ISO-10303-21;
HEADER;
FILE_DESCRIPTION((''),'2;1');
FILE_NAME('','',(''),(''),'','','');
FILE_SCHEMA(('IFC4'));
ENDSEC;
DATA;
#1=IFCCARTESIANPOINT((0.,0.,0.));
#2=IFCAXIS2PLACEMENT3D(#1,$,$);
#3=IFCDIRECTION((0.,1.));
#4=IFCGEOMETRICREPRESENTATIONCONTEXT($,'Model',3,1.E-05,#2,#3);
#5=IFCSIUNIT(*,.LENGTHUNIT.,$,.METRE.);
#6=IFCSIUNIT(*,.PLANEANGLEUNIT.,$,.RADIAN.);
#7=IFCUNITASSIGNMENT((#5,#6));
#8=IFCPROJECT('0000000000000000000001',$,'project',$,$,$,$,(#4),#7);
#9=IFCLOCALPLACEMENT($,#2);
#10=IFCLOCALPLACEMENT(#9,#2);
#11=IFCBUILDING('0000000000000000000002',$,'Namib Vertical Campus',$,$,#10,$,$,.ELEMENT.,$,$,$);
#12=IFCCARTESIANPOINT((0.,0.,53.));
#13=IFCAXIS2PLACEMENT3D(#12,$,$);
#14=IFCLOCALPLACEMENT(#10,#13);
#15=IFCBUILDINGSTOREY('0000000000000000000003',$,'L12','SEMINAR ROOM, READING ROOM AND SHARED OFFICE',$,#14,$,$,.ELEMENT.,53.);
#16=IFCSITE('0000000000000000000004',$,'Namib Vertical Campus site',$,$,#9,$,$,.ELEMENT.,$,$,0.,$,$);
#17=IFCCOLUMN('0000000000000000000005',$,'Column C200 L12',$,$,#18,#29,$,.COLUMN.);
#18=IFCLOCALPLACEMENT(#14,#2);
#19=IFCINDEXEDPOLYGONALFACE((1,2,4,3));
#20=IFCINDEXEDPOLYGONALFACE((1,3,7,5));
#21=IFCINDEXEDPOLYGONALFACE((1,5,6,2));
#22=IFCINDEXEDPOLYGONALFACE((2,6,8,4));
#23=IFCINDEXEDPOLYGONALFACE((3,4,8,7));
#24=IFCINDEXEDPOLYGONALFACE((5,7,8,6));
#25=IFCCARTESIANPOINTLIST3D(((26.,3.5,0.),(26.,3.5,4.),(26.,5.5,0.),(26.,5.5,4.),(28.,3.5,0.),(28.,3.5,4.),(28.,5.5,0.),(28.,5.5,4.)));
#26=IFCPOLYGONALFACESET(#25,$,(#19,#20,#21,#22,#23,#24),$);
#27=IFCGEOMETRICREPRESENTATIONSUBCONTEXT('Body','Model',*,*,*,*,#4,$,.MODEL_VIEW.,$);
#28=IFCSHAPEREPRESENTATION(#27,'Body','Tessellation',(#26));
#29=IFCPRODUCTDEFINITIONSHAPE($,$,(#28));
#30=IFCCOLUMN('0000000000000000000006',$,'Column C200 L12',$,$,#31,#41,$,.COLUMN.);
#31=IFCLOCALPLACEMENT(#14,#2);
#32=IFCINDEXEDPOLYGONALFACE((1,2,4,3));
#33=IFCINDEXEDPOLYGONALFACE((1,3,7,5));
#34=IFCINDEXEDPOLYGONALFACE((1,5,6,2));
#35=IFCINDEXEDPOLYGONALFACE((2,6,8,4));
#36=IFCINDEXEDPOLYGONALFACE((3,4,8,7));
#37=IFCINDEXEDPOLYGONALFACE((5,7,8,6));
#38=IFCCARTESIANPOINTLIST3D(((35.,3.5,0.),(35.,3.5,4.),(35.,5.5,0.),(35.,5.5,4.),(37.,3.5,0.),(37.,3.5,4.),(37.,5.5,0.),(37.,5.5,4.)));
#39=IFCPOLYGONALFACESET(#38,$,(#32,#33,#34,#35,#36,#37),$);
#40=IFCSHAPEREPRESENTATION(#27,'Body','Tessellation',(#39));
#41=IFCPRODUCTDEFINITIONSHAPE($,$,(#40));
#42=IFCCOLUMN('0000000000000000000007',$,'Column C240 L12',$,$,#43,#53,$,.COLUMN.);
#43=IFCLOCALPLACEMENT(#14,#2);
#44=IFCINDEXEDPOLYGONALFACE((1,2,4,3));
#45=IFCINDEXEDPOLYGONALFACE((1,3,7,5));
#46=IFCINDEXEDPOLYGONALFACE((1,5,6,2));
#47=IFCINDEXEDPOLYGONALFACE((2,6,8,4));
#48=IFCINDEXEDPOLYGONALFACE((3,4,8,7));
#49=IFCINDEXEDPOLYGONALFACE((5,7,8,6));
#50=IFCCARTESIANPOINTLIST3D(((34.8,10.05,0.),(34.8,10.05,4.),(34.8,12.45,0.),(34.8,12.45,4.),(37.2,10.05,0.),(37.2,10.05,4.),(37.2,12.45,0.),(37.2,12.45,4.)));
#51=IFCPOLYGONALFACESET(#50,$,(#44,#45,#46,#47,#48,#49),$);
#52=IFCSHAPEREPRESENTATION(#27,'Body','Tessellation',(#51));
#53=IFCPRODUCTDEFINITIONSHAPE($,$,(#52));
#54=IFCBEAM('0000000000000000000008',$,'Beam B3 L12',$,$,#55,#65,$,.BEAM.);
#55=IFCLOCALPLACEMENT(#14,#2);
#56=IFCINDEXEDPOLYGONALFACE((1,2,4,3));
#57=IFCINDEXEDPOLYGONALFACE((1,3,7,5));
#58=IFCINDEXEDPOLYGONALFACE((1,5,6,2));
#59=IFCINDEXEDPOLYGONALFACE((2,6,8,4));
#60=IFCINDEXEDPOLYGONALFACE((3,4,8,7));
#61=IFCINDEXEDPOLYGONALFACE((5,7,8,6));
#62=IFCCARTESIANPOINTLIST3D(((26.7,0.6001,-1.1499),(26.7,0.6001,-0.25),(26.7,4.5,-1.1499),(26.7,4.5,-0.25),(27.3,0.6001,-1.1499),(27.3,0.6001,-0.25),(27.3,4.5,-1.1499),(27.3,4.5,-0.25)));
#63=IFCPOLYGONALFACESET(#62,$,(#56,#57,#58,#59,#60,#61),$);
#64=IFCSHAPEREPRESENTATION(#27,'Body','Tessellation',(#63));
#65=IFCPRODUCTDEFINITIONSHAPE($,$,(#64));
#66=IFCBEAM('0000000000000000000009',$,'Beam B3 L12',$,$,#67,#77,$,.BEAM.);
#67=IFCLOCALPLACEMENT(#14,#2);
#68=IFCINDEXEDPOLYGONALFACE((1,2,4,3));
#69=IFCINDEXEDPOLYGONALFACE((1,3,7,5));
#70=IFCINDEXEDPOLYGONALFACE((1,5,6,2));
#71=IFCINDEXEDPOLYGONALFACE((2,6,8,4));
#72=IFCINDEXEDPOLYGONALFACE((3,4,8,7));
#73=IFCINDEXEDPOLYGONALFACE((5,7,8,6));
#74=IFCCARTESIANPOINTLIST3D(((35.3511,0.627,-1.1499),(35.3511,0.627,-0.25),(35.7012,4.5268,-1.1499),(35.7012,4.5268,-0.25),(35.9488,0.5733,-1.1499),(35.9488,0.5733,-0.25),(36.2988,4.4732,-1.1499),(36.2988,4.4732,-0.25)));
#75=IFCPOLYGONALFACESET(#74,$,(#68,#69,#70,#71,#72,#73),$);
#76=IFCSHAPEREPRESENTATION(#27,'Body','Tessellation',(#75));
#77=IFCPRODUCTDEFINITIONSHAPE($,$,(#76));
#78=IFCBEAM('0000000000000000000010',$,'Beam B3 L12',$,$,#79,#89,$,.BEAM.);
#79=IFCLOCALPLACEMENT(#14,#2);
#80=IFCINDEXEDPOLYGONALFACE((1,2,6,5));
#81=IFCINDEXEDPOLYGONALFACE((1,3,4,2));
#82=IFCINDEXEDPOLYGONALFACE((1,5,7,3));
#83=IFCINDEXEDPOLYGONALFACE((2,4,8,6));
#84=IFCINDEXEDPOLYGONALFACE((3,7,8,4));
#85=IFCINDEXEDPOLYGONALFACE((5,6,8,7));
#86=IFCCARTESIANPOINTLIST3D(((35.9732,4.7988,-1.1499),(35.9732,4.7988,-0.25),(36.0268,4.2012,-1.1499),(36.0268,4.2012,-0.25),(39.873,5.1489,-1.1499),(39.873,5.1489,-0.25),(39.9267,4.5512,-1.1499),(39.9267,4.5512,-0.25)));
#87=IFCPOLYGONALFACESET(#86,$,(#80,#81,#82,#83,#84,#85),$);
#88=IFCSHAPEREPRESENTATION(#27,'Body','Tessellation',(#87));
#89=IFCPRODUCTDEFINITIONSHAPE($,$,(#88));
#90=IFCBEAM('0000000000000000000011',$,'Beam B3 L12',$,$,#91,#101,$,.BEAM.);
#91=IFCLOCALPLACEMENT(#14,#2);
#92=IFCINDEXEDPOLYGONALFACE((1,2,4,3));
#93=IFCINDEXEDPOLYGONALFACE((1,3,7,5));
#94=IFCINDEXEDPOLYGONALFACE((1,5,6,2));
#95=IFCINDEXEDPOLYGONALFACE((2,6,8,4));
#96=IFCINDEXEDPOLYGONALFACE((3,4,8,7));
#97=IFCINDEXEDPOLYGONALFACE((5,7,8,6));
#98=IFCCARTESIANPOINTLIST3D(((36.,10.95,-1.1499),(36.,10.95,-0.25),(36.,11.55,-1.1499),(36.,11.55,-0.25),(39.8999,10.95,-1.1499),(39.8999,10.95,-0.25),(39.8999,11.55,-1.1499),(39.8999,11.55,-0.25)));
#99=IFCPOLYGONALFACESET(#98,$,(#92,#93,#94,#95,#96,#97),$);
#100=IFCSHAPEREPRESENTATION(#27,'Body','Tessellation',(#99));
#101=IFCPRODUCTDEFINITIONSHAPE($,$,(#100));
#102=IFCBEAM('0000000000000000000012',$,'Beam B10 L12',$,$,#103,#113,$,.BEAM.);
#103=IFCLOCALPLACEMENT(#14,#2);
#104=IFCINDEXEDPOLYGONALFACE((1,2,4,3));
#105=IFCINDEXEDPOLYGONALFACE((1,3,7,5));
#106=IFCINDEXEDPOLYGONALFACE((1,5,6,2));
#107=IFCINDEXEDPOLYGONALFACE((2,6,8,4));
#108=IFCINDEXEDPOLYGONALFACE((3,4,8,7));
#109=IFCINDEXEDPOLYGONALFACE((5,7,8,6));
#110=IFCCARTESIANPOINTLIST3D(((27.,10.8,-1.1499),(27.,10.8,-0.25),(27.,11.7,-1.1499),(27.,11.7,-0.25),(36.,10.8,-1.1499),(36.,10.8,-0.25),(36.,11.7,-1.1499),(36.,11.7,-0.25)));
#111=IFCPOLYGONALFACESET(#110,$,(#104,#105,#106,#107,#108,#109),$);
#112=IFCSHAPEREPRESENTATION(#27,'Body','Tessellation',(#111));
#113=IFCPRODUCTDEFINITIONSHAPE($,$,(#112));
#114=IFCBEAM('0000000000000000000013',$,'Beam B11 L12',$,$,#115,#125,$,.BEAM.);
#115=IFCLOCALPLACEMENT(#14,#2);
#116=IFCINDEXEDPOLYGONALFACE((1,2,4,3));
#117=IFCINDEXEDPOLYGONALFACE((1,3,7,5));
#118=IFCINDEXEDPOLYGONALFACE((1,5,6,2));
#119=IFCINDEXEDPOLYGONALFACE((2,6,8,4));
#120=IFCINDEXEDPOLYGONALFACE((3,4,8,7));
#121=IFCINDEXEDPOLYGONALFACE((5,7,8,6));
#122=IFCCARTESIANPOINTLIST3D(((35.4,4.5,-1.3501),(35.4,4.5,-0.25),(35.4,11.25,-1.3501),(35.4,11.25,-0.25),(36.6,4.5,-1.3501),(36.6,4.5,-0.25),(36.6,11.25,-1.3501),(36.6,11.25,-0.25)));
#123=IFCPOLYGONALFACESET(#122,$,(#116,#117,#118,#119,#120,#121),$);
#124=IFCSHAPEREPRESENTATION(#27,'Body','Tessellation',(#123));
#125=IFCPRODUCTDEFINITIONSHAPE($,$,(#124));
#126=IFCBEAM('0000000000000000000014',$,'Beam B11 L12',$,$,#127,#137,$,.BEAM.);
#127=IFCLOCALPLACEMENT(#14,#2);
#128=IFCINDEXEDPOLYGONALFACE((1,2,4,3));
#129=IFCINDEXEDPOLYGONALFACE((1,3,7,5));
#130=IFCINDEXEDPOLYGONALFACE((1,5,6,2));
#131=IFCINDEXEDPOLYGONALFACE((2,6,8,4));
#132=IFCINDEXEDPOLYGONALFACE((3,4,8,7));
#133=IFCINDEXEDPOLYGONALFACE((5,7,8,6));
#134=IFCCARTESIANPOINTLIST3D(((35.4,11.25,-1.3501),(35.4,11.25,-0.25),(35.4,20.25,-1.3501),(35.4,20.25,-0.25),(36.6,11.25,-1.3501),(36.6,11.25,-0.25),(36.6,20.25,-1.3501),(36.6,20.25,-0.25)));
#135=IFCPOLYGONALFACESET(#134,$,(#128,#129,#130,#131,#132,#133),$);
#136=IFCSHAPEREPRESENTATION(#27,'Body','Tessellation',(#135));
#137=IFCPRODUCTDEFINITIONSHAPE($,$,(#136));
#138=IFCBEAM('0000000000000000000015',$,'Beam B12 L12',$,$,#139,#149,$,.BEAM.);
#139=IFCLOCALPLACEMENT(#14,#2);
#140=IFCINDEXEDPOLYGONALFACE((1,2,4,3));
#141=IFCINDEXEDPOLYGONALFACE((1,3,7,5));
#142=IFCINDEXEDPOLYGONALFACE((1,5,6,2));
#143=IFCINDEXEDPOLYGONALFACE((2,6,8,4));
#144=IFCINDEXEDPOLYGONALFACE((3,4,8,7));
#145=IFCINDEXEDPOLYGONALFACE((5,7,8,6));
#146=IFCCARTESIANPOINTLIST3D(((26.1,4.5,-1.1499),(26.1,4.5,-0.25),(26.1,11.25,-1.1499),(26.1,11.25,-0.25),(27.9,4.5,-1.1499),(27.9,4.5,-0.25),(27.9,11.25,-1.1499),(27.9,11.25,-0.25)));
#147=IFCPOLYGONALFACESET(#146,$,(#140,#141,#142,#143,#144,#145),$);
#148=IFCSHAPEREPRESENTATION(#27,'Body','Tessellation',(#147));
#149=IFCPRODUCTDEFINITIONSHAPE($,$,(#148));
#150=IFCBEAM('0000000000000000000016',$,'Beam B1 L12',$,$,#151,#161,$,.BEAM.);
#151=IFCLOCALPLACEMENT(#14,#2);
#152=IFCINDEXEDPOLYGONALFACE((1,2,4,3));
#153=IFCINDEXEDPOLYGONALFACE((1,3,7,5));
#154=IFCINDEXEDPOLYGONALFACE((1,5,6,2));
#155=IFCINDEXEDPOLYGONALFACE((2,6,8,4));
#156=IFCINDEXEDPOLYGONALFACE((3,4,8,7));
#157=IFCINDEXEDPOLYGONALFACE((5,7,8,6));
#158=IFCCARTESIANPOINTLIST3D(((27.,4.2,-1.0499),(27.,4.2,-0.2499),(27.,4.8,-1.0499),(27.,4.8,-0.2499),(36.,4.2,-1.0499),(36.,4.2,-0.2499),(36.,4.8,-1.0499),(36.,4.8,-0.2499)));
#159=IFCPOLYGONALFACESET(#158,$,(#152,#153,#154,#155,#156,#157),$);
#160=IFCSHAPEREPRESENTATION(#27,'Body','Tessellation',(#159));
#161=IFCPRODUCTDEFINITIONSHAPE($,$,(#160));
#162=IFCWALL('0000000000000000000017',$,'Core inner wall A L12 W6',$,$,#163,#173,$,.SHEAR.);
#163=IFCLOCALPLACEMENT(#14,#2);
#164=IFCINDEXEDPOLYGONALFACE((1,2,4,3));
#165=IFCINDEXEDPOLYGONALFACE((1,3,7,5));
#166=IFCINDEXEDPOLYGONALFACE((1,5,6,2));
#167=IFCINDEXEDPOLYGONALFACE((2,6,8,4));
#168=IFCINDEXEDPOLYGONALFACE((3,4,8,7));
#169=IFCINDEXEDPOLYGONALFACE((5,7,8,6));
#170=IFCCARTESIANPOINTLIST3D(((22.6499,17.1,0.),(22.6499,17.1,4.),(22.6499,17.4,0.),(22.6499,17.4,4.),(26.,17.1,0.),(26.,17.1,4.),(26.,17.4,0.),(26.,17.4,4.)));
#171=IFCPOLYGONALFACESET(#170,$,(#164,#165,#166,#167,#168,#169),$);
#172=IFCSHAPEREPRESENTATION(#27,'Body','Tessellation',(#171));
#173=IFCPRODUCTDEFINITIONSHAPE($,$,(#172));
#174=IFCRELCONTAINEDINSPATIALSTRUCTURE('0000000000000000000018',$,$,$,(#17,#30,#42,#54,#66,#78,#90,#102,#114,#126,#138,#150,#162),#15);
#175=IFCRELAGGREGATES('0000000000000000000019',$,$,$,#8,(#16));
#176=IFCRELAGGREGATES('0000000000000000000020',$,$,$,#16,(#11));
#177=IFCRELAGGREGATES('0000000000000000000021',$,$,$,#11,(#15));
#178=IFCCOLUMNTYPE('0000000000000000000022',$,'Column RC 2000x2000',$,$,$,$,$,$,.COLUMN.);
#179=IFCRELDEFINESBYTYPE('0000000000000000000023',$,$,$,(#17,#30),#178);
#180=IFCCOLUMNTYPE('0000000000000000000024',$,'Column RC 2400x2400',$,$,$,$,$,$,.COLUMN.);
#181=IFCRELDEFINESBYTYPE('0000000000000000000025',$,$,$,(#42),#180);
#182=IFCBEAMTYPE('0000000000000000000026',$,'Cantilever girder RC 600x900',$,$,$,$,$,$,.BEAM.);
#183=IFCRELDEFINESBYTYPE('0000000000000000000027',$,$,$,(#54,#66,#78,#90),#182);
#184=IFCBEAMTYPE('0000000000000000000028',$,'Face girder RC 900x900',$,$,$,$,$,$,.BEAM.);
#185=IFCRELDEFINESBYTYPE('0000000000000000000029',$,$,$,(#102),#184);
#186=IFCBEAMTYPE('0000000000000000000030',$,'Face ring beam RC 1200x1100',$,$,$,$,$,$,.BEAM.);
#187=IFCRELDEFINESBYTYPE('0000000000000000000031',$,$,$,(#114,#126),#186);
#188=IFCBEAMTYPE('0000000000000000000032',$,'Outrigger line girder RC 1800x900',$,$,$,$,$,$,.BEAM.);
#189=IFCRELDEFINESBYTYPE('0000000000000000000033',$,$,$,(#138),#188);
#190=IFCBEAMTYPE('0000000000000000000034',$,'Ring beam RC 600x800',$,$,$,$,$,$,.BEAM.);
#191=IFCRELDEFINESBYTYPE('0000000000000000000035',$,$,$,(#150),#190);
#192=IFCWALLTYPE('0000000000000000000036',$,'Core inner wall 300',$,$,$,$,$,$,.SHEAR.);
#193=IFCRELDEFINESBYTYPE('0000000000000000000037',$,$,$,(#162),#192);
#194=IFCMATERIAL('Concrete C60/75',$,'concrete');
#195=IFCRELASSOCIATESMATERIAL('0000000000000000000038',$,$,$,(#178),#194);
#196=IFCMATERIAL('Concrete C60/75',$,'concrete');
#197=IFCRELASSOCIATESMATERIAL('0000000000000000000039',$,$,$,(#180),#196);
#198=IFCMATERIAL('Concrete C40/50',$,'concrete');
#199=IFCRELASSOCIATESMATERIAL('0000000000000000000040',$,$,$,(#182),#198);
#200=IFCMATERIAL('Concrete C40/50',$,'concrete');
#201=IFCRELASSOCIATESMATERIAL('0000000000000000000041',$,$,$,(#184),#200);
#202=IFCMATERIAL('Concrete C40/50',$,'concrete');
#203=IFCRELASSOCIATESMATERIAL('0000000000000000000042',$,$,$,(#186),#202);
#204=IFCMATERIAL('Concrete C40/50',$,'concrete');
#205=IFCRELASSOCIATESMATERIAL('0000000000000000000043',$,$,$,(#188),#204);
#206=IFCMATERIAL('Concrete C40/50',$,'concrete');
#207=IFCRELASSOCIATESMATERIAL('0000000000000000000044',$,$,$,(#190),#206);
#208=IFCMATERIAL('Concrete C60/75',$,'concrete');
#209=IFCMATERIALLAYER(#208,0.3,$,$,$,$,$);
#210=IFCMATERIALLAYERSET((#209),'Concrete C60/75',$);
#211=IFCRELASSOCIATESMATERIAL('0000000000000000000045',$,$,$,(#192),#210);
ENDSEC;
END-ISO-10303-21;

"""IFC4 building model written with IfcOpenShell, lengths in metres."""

from ifc_helpers import new_model, si_unit, direction, frame, frame_2d, origin, origin_2d, place, context, subcontext, project, spatial, rectangle, extrude, material, layer, layer_set, material_profile, profile_set, type_object, element, save


model = new_model("IFC4")

# Units and contexts
model_context = context("Model", 3, precision=1e-05, world=origin(), true_north=direction((0.0, 1.0)))
body_context = subcontext(model_context, "Body", "Model", "MODEL_VIEW")
ifc_project = project(units=[si_unit("LENGTHUNIT", "METRE"), si_unit("PLANEANGLEUNIT", "RADIAN")], contexts=[model_context])

# Site, building, storey
site_placement = place(None, origin())
site = spatial("IfcSite", under=ifc_project, at=site_placement, Name="Namib Vertical Campus site", CompositionType="ELEMENT", RefElevation=0.0)
building_placement = place(site_placement, origin())
building = spatial("IfcBuilding", under=site, at=building_placement, Name="Namib Vertical Campus", CompositionType="ELEMENT")
storey_placement = place(building_placement, frame((0.0, 0.0, 53.0)))
storey = spatial("IfcBuildingStorey", under=building, at=storey_placement, Name="L12", Description="SEMINAR ROOM, READING ROOM AND SHARED OFFICE", CompositionType="ELEMENT", Elevation=53.0)

# Columns
ifc_material_1 = material(Name="Concrete C60/75", Category="concrete")
ifc_material_profile_1 = material_profile(ifc_material_1, rectangle(XDim=2.0, YDim=2.0, at=origin_2d()))
ifc_profile_set_1 = profile_set([ifc_material_profile_1], Name="Concrete C60/75")
column_type_1 = type_object("IfcColumnType", Name="Column RC 2000x2000", PredefinedType="COLUMN", material=ifc_profile_set_1)
for number, where, z_axis, x_axis, name in (
    (1, (27.0, 4.5, 0.0), (0.0, 0.0, 1.0), (1.0, 0.0, 0.0), "Column C200 L12"),
    (2, (36.0, 4.5, 0.0), (0.0, 0.0, 1.0), (1.0, 0.0, 0.0), "Column C200 L12"),
):
    element("IfcColumn", number, at=place(storey_placement, frame(where, z_axis=z_axis, x_axis=x_axis)), inside=storey, type_object=column_type_1, Name=name, PredefinedType="COLUMN", context=body_context, shape_type="SweptSolid", body=[
        extrude(rectangle(XDim=2.0, YDim=2.0, at=origin_2d()), origin(), (0.0, 0.0, 1.0), 4.0),
    ])
ifc_material_2 = material(Name="Concrete C60/75", Category="concrete")
ifc_material_profile_2 = material_profile(ifc_material_2, rectangle(XDim=2.3999, YDim=2.3999, at=origin_2d()))
ifc_profile_set_2 = profile_set([ifc_material_profile_2], Name="Concrete C60/75")
column_type_2 = type_object("IfcColumnType", Name="Column RC 2400x2400", PredefinedType="COLUMN", material=ifc_profile_set_2)
column_placement = place(storey_placement, frame((36.0, 11.25, 0.0), z_axis=(0.0, 0.0, 1.0), x_axis=(1.0, 0.0, 0.0)))
element("IfcColumn", 3, at=column_placement, inside=storey, type_object=column_type_2, Name="Column C240 L12", PredefinedType="COLUMN", context=body_context, shape_type="SweptSolid", body=[
    extrude(rectangle(XDim=2.3999, YDim=2.3999, at=origin_2d()), origin(), (0.0, 0.0, 1.0), 4.0),
])

# Beams
ifc_material_3 = material(Name="Concrete C40/50", Category="concrete")
ifc_material_profile_3 = material_profile(ifc_material_3, rectangle(XDim=0.6001, YDim=0.8999, at=origin_2d()))
ifc_profile_set_3 = profile_set([ifc_material_profile_3], Name="Concrete C40/50")
beam_type_1 = type_object("IfcBeamType", Name="Cantilever girder RC 600x900", PredefinedType="BEAM", material=ifc_profile_set_3)
beam_1_placement = place(storey_placement, frame((27.0, 4.5, -0.7), z_axis=(0.0, -1.0, 0.0), x_axis=(1.0, 0.0, 0.0)))
element("IfcBeam", 4, at=beam_1_placement, inside=storey, type_object=beam_type_1, Name="Beam B3 L12", PredefinedType="BEAM", context=body_context, shape_type="SweptSolid", body=[
    extrude(rectangle(XDim=0.6001, YDim=0.8999, at=origin_2d()), origin(), (0.0, 0.0, 1.0), 3.8999),
])
for number, where, z_axis, x_axis, name in (
    (5, (36.0, 4.5, -0.7), (-0.089411, -0.995995, 0.0), (0.995995, -0.089411, 0.0), "Beam B3 L12"),
    (6, (36.0, 4.5, -0.7), (0.995995, 0.089411, 0.0), (-0.089411, 0.995995, 0.0), "Beam B3 L12"),
):
    element("IfcBeam", number, at=place(storey_placement, frame(where, z_axis=z_axis, x_axis=x_axis)), inside=storey, type_object=beam_type_1, Name=name, PredefinedType="BEAM", context=body_context, shape_type="SweptSolid", body=[
        extrude(rectangle(XDim=0.6001, YDim=0.8999, at=origin_2d()), origin(), (0.0, 0.0, 1.0), 3.9155),
    ])
beam_2_placement = place(storey_placement, frame((36.0, 11.25, -0.7), z_axis=(1.0, 0.0, 0.0), x_axis=(0.0, 1.0, 0.0)))
element("IfcBeam", 7, at=beam_2_placement, inside=storey, type_object=beam_type_1, Name="Beam B3 L12", PredefinedType="BEAM", context=body_context, shape_type="SweptSolid", body=[
    extrude(rectangle(XDim=0.6001, YDim=0.8999, at=origin_2d()), origin(), (0.0, 0.0, 1.0), 3.8999),
])
ifc_material_4 = material(Name="Concrete C40/50", Category="concrete")
ifc_material_profile_4 = material_profile(ifc_material_4, rectangle(XDim=0.8999, YDim=0.8999, at=origin_2d()))
ifc_profile_set_4 = profile_set([ifc_material_profile_4], Name="Concrete C40/50")
beam_type_2 = type_object("IfcBeamType", Name="Face girder RC 900x900", PredefinedType="BEAM", material=ifc_profile_set_4)
beam_3_placement = place(storey_placement, frame((36.0, 11.25, -0.7), z_axis=(-1.0, 0.0, 0.0), x_axis=(0.0, -1.0, 0.0)))
element("IfcBeam", 8, at=beam_3_placement, inside=storey, type_object=beam_type_2, Name="Beam B10 L12", PredefinedType="BEAM", context=body_context, shape_type="SweptSolid", body=[
    extrude(rectangle(XDim=0.8999, YDim=0.8999, at=origin_2d()), origin(), (0.0, 0.0, 1.0), 9.0),
])
ifc_material_5 = material(Name="Concrete C40/50", Category="concrete")
ifc_material_profile_5 = material_profile(ifc_material_5, rectangle(XDim=1.2, YDim=1.1001, at=origin_2d()))
ifc_profile_set_5 = profile_set([ifc_material_profile_5], Name="Concrete C40/50")
beam_type_3 = type_object("IfcBeamType", Name="Face ring beam RC 1200x1100", PredefinedType="BEAM", material=ifc_profile_set_5)
beam_4_placement = place(storey_placement, frame((36.0, 4.5, -0.8), z_axis=(0.0, 1.0, 0.0), x_axis=(-1.0, 0.0, 0.0)))
element("IfcBeam", 9, at=beam_4_placement, inside=storey, type_object=beam_type_3, Name="Beam B11 L12", PredefinedType="BEAM", context=body_context, shape_type="SweptSolid", body=[
    extrude(rectangle(XDim=1.2, YDim=1.1001, at=origin_2d()), origin(), (0.0, 0.0, 1.0), 6.75),
])
beam_5_placement = place(storey_placement, frame((36.0, 11.25, -0.8), z_axis=(0.0, 1.0, 0.0), x_axis=(-1.0, 0.0, 0.0)))
element("IfcBeam", 10, at=beam_5_placement, inside=storey, type_object=beam_type_3, Name="Beam B11 L12", PredefinedType="BEAM", context=body_context, shape_type="SweptSolid", body=[
    extrude(rectangle(XDim=1.2, YDim=1.1001, at=origin_2d()), origin(), (0.0, 0.0, 1.0), 9.0),
])
ifc_material_6 = material(Name="Concrete C40/50", Category="concrete")
ifc_material_profile_6 = material_profile(ifc_material_6, rectangle(XDim=1.8, YDim=0.8999, at=origin_2d()))
ifc_profile_set_6 = profile_set([ifc_material_profile_6], Name="Concrete C40/50")
beam_type_4 = type_object("IfcBeamType", Name="Outrigger line girder RC 1800x900", PredefinedType="BEAM", material=ifc_profile_set_6)
beam_6_placement = place(storey_placement, frame((27.0, 4.5, -0.7), z_axis=(0.0, 1.0, 0.0), x_axis=(-1.0, 0.0, 0.0)))
element("IfcBeam", 11, at=beam_6_placement, inside=storey, type_object=beam_type_4, Name="Beam B12 L12", PredefinedType="BEAM", context=body_context, shape_type="SweptSolid", body=[
    extrude(rectangle(XDim=1.8, YDim=0.8999, at=origin_2d()), origin(), (0.0, 0.0, 1.0), 6.75),
])
ifc_material_7 = material(Name="Concrete C40/50", Category="concrete")
ifc_material_profile_7 = material_profile(ifc_material_7, rectangle(XDim=0.6001, YDim=0.8, at=origin_2d()))
ifc_profile_set_7 = profile_set([ifc_material_profile_7], Name="Concrete C40/50")
beam_type_5 = type_object("IfcBeamType", Name="Ring beam RC 600x800", PredefinedType="BEAM", material=ifc_profile_set_7)
beam_7_placement = place(storey_placement, frame((27.0, 4.5, -0.6499), z_axis=(1.0, 0.0, 0.0), x_axis=(0.0, 1.0, 0.0)))
element("IfcBeam", 12, at=beam_7_placement, inside=storey, type_object=beam_type_5, Name="Beam B1 L12", PredefinedType="BEAM", context=body_context, shape_type="SweptSolid", body=[
    extrude(rectangle(XDim=0.6001, YDim=0.8, at=origin_2d()), origin(), (0.0, 0.0, 1.0), 9.0),
])

# Wall
ifc_material_8 = material(Name="Concrete C60/75", Category="concrete")
ifc_layer_1 = layer(ifc_material_8, 0.3)
ifc_layer_set_1 = layer_set([ifc_layer_1], Name="Concrete C60/75")
wall_type_1 = type_object("IfcWallType", Name="Core inner wall 300", PredefinedType="SHEAR", material=ifc_layer_set_1)
wall_1_placement = place(storey_placement, frame((22.6499, 17.25, 0.0), z_axis=(0.0, 0.0, 1.0), x_axis=(1.0, 0.0, 0.0)))
element("IfcWall", 13, at=wall_1_placement, inside=storey, type_object=wall_type_1, Name="Core inner wall A L12 W6", PredefinedType="SHEAR", context=body_context, shape_type="SweptSolid", body=[
    extrude(rectangle(XDim=3.3501, YDim=0.3, at=frame_2d((1.675, 0.0))), origin(), (0.0, 0.0, 1.0), 4.0),
])

save(model, "model.ifc")
